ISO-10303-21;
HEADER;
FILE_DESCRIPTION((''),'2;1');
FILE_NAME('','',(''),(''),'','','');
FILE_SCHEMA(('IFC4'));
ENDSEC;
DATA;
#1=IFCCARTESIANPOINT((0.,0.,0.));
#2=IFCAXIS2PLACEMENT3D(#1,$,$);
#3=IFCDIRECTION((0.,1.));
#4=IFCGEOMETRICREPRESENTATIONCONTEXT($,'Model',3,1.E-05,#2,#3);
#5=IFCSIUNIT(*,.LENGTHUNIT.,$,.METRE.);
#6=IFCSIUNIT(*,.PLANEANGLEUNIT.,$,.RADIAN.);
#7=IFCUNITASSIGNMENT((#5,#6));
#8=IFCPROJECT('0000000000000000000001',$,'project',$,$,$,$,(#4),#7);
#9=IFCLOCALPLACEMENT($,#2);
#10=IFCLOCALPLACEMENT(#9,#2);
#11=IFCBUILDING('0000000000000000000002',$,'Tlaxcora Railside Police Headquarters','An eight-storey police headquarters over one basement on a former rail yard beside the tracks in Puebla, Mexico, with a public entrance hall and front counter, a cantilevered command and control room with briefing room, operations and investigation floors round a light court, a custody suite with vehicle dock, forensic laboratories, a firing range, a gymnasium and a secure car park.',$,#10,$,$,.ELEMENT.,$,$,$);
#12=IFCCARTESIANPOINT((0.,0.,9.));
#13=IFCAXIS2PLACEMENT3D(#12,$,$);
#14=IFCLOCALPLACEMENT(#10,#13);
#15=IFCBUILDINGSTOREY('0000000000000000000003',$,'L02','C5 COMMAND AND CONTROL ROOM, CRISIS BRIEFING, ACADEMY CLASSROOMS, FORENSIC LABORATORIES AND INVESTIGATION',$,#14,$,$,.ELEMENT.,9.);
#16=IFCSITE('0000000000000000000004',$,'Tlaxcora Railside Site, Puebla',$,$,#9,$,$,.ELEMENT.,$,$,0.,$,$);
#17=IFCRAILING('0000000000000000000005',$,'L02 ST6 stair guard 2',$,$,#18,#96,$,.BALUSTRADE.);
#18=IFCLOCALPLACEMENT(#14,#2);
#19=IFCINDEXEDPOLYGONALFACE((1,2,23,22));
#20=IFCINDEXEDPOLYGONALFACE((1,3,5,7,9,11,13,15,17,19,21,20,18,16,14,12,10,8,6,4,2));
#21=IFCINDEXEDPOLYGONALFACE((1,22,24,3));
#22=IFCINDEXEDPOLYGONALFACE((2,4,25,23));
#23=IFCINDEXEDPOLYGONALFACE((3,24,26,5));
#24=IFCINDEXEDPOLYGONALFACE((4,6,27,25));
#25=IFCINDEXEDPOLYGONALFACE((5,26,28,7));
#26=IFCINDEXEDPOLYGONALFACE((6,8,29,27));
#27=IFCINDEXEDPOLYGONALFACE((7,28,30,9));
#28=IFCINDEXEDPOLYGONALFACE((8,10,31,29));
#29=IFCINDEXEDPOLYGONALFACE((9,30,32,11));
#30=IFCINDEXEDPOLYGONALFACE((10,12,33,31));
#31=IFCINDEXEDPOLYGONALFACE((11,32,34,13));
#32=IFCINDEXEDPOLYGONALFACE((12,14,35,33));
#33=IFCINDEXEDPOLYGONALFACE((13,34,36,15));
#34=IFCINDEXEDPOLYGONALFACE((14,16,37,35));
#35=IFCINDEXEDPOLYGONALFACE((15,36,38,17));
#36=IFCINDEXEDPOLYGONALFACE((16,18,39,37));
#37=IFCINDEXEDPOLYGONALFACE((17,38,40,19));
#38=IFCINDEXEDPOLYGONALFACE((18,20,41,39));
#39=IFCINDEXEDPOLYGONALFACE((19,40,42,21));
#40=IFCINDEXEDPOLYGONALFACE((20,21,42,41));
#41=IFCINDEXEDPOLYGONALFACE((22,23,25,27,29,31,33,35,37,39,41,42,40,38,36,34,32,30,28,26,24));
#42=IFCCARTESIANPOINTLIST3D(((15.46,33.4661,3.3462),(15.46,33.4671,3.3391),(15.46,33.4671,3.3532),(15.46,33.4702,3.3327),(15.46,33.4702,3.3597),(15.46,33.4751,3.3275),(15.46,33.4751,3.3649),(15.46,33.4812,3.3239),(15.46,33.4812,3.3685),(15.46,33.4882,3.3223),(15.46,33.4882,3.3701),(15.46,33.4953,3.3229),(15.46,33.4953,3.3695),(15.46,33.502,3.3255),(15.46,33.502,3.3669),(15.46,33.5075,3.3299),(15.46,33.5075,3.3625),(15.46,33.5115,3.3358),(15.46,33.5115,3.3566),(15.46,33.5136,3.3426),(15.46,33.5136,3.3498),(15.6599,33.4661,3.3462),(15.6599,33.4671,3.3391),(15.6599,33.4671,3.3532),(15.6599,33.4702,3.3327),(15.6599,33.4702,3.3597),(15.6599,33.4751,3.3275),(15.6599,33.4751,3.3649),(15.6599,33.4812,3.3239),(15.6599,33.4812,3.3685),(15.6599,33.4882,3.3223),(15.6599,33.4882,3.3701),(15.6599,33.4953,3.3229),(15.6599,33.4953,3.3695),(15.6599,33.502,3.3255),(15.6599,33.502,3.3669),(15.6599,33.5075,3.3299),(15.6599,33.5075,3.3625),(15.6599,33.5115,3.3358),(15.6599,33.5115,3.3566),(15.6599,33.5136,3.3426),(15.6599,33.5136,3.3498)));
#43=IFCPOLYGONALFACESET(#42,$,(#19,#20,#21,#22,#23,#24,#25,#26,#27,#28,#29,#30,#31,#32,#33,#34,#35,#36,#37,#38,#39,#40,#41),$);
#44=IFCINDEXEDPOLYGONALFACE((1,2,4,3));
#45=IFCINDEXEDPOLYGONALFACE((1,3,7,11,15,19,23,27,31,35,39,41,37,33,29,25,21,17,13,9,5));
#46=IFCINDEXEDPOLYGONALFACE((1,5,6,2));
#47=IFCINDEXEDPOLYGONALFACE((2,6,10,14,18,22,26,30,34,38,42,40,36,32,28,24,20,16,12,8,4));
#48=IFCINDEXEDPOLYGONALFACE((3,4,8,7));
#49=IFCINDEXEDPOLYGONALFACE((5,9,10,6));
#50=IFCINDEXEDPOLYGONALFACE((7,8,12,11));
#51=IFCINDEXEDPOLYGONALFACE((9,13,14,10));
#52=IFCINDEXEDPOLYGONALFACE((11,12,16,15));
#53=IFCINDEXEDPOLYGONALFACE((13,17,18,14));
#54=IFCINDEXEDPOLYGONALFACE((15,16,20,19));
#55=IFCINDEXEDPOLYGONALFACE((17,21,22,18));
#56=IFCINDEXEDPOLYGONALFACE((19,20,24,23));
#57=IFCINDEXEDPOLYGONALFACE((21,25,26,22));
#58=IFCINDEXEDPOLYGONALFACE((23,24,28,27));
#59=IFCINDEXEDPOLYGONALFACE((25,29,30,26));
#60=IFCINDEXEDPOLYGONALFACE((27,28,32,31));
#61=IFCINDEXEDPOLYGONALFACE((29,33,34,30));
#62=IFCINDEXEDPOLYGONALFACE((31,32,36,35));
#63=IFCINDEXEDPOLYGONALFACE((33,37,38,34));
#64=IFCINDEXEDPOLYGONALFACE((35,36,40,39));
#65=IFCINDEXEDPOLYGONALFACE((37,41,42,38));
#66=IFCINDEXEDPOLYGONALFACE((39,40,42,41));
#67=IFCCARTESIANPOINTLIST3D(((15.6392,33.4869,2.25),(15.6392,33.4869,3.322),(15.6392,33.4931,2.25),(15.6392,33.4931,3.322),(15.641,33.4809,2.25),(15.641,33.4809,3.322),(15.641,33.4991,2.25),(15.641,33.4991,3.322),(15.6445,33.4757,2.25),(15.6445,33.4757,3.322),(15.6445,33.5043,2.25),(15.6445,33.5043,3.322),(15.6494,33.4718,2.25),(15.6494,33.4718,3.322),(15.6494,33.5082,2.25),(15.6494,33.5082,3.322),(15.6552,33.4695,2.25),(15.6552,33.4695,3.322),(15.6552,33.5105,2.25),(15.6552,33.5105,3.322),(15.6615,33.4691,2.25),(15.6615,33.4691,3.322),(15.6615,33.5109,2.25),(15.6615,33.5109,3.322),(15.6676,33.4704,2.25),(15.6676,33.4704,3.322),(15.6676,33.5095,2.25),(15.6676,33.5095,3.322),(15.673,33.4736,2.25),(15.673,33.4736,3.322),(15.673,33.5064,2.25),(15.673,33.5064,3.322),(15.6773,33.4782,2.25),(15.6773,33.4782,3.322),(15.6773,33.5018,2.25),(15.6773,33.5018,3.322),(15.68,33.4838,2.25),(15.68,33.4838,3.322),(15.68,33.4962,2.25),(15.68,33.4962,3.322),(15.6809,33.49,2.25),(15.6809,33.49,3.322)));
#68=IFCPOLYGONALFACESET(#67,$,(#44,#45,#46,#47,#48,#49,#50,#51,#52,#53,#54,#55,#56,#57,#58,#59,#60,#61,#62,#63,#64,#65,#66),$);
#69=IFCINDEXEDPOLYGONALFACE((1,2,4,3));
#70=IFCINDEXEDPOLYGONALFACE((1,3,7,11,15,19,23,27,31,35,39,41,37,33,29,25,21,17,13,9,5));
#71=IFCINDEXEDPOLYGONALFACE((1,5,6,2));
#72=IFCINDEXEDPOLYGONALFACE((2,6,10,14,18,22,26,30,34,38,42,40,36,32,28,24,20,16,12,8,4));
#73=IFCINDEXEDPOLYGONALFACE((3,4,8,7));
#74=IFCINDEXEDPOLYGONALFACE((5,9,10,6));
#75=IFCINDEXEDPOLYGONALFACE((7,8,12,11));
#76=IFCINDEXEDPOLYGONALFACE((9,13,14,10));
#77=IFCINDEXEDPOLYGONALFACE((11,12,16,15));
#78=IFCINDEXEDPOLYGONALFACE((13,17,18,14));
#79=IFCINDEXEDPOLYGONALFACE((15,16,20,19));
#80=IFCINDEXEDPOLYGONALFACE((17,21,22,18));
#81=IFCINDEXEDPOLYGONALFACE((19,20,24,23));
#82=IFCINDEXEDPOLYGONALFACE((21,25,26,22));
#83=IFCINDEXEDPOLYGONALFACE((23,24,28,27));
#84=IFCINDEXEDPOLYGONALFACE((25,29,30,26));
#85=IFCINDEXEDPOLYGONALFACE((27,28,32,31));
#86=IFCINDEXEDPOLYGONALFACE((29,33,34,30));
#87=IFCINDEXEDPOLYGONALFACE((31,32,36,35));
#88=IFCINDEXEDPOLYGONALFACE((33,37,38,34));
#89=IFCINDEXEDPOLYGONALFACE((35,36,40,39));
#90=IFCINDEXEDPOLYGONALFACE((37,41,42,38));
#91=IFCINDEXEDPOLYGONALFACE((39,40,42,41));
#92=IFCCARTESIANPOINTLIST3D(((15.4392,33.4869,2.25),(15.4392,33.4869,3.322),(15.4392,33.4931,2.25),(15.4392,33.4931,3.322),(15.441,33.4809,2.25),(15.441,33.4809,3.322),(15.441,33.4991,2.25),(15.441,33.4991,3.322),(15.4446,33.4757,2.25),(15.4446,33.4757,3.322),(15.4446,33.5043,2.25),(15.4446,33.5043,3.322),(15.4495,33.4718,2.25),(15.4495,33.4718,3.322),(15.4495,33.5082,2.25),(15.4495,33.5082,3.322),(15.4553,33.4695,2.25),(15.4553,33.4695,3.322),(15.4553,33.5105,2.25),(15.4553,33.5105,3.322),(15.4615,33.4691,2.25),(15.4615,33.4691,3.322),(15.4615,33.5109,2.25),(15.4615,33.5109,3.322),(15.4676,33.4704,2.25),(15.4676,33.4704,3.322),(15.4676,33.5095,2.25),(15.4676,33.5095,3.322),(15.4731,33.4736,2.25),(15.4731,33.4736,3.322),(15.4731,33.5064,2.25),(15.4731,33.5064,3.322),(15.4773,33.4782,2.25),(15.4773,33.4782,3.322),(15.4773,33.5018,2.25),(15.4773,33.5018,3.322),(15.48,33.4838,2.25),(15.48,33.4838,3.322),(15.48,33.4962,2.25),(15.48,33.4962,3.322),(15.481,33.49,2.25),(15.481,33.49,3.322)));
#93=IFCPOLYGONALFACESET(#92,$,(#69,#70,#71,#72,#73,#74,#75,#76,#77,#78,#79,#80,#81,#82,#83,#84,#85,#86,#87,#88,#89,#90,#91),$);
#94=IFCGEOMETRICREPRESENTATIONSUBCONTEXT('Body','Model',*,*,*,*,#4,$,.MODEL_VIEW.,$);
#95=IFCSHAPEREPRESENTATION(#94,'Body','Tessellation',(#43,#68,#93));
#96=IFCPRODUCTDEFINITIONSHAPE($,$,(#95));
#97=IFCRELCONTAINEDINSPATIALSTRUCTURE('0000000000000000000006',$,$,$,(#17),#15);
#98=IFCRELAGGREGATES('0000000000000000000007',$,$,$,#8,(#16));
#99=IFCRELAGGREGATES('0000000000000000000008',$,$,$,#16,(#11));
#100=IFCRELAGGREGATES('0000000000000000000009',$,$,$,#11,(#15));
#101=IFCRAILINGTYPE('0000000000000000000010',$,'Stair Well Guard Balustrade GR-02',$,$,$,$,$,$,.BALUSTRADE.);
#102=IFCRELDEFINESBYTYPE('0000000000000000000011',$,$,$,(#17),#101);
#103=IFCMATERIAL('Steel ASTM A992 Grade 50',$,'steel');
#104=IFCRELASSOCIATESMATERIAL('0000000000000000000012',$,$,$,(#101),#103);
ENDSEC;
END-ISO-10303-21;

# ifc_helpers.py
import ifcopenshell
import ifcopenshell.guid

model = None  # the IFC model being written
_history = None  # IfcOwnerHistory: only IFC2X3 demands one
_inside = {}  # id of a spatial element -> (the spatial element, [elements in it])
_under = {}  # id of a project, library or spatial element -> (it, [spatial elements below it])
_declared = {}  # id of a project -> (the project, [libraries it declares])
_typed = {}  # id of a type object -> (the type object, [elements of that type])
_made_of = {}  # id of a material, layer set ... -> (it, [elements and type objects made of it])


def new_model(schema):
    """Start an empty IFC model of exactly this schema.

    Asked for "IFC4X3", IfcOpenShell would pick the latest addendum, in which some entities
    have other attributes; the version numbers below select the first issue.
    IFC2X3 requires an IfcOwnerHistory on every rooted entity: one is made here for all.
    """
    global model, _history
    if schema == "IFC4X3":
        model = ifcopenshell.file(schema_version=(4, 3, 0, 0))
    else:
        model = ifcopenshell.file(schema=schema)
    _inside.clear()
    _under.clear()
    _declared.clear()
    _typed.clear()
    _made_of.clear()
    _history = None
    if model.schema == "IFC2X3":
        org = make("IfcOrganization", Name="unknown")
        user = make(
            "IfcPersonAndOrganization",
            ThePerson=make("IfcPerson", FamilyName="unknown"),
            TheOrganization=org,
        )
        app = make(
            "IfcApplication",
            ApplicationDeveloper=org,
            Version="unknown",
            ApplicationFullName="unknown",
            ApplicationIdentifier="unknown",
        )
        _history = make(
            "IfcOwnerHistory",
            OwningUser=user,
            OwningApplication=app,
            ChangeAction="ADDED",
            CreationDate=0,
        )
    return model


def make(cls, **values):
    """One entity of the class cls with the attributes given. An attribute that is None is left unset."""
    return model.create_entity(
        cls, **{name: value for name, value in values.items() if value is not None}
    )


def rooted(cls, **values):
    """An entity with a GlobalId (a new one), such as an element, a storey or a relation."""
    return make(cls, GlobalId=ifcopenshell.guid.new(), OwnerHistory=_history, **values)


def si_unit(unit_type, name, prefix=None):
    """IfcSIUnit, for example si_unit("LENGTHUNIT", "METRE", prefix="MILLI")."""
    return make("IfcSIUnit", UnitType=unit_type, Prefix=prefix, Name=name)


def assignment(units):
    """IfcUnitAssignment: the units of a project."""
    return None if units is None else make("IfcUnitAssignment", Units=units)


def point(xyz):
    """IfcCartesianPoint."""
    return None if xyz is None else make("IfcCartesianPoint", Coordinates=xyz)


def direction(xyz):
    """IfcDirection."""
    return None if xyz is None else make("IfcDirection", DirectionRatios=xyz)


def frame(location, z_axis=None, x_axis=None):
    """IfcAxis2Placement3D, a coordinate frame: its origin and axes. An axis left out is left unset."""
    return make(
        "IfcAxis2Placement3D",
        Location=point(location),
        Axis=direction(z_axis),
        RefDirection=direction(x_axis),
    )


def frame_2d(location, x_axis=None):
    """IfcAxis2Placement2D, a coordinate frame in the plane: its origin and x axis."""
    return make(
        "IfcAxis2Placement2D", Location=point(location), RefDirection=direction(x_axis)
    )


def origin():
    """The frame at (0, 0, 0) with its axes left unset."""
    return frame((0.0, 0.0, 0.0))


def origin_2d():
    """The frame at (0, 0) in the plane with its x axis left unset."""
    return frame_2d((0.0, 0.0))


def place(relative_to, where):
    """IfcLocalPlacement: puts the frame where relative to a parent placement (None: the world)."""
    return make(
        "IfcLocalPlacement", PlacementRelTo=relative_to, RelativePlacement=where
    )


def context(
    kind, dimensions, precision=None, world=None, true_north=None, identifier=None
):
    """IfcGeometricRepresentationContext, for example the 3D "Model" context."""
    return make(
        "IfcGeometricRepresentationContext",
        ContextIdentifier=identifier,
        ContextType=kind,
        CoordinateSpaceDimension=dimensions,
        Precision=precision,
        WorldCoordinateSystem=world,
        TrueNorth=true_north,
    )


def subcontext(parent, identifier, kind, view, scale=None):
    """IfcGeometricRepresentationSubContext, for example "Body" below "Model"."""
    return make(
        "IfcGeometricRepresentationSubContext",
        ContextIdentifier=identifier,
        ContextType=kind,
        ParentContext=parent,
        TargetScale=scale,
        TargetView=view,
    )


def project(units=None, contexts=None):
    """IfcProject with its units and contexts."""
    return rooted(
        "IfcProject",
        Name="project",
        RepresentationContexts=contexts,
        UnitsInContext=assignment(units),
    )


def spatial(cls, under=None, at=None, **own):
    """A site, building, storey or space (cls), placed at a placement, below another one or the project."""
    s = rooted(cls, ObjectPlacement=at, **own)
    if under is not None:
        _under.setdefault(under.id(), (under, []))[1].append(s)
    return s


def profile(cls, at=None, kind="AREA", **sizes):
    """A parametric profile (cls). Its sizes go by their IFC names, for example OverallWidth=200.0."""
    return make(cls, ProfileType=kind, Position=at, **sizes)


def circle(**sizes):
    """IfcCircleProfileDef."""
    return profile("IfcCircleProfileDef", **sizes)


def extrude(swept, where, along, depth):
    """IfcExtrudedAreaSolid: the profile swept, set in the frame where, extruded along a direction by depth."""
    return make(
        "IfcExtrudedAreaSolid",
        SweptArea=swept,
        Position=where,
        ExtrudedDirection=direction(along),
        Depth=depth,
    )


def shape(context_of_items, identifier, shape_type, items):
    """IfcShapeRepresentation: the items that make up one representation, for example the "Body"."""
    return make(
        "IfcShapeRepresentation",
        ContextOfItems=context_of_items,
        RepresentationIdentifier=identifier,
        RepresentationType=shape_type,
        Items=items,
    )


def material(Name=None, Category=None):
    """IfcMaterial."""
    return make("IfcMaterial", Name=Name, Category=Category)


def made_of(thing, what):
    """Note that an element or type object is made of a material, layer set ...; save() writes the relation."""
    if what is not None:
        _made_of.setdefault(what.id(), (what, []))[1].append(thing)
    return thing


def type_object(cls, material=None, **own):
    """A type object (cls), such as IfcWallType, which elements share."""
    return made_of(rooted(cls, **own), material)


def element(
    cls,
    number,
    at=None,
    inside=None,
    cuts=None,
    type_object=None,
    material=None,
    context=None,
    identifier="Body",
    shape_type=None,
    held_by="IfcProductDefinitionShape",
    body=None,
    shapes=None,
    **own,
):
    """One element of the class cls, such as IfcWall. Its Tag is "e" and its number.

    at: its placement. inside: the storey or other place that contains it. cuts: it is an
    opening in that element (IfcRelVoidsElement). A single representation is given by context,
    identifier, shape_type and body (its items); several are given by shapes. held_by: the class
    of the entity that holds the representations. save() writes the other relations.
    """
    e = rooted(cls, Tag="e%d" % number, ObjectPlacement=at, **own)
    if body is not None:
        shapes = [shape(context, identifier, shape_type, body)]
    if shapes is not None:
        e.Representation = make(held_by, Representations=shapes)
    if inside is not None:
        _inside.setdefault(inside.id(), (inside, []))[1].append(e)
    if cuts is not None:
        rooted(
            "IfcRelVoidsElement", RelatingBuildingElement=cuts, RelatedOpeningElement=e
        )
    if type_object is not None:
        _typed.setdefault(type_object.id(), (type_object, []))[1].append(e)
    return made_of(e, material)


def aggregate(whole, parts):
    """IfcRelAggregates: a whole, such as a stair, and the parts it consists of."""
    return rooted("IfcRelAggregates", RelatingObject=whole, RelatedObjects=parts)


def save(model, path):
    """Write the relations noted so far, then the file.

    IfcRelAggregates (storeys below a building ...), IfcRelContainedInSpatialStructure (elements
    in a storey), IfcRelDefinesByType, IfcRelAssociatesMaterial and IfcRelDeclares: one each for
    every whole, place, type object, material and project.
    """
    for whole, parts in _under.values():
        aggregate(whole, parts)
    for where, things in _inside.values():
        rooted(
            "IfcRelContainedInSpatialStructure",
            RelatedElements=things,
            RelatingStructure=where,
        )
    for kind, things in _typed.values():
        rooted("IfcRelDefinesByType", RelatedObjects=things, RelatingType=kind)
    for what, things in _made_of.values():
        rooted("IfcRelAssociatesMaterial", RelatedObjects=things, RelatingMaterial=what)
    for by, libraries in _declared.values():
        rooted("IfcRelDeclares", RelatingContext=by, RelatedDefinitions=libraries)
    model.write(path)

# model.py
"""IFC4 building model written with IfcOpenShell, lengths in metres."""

from ifc_helpers import new_model, si_unit, direction, frame, origin, origin_2d, place, context, subcontext, project, spatial, circle, extrude, material, type_object, element, save


model = new_model("IFC4")

# Units and contexts
model_context = context("Model", 3, precision=1e-05, world=origin(), true_north=direction((0.0, 1.0)))
body_context = subcontext(model_context, "Body", "Model", "MODEL_VIEW")
ifc_project = project(units=[si_unit("LENGTHUNIT", "METRE"), si_unit("PLANEANGLEUNIT", "RADIAN")], contexts=[model_context])

# Site, building, storey
site_placement = place(None, origin())
site = spatial("IfcSite", under=ifc_project, at=site_placement, Name="Tlaxcora Railside Site, Puebla", CompositionType="ELEMENT", RefElevation=0.0)
building_placement = place(site_placement, origin())
building = spatial("IfcBuilding", under=site, at=building_placement, Name="Tlaxcora Railside Police Headquarters", Description="An eight-storey police headquarters over one basement on a former rail yard beside the tracks in Puebla, Mexico, with a public entrance hall and front counter, a cantilevered command and control room with briefing room, operations and investigation floors round a light court, a custody suite with vehicle dock, forensic laboratories, a firing range, a gymnasium and a secure car park.", CompositionType="ELEMENT")
storey_placement = place(building_placement, frame((0.0, 0.0, 9.0)))
storey = spatial("IfcBuildingStorey", under=building, at=storey_placement, Name="L02", Description="C5 COMMAND AND CONTROL ROOM, CRISIS BRIEFING, ACADEMY CLASSROOMS, FORENSIC LABORATORIES AND INVESTIGATION", CompositionType="ELEMENT", Elevation=9.0)

# Shared definitions
ifc_material_1 = material(Name="Steel ASTM A992 Grade 50", Category="steel")

# Railing
railing_type_1 = type_object("IfcRailingType", Name="Stair Well Guard Balustrade GR-02", PredefinedType="BALUSTRADE", material=ifc_material_1)
railing_1_placement = place(storey_placement, frame((15.6599, 33.49, 2.25)))
element("IfcRailing", 1, at=railing_1_placement, inside=storey, type_object=railing_type_1, Name="L02 ST6 stair guard 2", PredefinedType="BALUSTRADE", context=body_context, shape_type="SweptSolid", body=[
    extrude(circle(Radius=0.0239, at=origin_2d()), frame((0.0, 0.0, 1.0962), z_axis=(-1.0, 0.0, 0.0), x_axis=(0.0, -1.0, 0.0)), (0.0, 0.0, 1.0), 0.2),
    extrude(circle(Radius=0.021, at=origin_2d()), origin(), (0.0, 0.0, 1.0), 1.072),
    extrude(circle(Radius=0.021, at=origin_2d()), frame((-0.2, 0.0, 0.0)), (0.0, 0.0, 1.0), 1.072),
])

save(model, "model.ifc")
